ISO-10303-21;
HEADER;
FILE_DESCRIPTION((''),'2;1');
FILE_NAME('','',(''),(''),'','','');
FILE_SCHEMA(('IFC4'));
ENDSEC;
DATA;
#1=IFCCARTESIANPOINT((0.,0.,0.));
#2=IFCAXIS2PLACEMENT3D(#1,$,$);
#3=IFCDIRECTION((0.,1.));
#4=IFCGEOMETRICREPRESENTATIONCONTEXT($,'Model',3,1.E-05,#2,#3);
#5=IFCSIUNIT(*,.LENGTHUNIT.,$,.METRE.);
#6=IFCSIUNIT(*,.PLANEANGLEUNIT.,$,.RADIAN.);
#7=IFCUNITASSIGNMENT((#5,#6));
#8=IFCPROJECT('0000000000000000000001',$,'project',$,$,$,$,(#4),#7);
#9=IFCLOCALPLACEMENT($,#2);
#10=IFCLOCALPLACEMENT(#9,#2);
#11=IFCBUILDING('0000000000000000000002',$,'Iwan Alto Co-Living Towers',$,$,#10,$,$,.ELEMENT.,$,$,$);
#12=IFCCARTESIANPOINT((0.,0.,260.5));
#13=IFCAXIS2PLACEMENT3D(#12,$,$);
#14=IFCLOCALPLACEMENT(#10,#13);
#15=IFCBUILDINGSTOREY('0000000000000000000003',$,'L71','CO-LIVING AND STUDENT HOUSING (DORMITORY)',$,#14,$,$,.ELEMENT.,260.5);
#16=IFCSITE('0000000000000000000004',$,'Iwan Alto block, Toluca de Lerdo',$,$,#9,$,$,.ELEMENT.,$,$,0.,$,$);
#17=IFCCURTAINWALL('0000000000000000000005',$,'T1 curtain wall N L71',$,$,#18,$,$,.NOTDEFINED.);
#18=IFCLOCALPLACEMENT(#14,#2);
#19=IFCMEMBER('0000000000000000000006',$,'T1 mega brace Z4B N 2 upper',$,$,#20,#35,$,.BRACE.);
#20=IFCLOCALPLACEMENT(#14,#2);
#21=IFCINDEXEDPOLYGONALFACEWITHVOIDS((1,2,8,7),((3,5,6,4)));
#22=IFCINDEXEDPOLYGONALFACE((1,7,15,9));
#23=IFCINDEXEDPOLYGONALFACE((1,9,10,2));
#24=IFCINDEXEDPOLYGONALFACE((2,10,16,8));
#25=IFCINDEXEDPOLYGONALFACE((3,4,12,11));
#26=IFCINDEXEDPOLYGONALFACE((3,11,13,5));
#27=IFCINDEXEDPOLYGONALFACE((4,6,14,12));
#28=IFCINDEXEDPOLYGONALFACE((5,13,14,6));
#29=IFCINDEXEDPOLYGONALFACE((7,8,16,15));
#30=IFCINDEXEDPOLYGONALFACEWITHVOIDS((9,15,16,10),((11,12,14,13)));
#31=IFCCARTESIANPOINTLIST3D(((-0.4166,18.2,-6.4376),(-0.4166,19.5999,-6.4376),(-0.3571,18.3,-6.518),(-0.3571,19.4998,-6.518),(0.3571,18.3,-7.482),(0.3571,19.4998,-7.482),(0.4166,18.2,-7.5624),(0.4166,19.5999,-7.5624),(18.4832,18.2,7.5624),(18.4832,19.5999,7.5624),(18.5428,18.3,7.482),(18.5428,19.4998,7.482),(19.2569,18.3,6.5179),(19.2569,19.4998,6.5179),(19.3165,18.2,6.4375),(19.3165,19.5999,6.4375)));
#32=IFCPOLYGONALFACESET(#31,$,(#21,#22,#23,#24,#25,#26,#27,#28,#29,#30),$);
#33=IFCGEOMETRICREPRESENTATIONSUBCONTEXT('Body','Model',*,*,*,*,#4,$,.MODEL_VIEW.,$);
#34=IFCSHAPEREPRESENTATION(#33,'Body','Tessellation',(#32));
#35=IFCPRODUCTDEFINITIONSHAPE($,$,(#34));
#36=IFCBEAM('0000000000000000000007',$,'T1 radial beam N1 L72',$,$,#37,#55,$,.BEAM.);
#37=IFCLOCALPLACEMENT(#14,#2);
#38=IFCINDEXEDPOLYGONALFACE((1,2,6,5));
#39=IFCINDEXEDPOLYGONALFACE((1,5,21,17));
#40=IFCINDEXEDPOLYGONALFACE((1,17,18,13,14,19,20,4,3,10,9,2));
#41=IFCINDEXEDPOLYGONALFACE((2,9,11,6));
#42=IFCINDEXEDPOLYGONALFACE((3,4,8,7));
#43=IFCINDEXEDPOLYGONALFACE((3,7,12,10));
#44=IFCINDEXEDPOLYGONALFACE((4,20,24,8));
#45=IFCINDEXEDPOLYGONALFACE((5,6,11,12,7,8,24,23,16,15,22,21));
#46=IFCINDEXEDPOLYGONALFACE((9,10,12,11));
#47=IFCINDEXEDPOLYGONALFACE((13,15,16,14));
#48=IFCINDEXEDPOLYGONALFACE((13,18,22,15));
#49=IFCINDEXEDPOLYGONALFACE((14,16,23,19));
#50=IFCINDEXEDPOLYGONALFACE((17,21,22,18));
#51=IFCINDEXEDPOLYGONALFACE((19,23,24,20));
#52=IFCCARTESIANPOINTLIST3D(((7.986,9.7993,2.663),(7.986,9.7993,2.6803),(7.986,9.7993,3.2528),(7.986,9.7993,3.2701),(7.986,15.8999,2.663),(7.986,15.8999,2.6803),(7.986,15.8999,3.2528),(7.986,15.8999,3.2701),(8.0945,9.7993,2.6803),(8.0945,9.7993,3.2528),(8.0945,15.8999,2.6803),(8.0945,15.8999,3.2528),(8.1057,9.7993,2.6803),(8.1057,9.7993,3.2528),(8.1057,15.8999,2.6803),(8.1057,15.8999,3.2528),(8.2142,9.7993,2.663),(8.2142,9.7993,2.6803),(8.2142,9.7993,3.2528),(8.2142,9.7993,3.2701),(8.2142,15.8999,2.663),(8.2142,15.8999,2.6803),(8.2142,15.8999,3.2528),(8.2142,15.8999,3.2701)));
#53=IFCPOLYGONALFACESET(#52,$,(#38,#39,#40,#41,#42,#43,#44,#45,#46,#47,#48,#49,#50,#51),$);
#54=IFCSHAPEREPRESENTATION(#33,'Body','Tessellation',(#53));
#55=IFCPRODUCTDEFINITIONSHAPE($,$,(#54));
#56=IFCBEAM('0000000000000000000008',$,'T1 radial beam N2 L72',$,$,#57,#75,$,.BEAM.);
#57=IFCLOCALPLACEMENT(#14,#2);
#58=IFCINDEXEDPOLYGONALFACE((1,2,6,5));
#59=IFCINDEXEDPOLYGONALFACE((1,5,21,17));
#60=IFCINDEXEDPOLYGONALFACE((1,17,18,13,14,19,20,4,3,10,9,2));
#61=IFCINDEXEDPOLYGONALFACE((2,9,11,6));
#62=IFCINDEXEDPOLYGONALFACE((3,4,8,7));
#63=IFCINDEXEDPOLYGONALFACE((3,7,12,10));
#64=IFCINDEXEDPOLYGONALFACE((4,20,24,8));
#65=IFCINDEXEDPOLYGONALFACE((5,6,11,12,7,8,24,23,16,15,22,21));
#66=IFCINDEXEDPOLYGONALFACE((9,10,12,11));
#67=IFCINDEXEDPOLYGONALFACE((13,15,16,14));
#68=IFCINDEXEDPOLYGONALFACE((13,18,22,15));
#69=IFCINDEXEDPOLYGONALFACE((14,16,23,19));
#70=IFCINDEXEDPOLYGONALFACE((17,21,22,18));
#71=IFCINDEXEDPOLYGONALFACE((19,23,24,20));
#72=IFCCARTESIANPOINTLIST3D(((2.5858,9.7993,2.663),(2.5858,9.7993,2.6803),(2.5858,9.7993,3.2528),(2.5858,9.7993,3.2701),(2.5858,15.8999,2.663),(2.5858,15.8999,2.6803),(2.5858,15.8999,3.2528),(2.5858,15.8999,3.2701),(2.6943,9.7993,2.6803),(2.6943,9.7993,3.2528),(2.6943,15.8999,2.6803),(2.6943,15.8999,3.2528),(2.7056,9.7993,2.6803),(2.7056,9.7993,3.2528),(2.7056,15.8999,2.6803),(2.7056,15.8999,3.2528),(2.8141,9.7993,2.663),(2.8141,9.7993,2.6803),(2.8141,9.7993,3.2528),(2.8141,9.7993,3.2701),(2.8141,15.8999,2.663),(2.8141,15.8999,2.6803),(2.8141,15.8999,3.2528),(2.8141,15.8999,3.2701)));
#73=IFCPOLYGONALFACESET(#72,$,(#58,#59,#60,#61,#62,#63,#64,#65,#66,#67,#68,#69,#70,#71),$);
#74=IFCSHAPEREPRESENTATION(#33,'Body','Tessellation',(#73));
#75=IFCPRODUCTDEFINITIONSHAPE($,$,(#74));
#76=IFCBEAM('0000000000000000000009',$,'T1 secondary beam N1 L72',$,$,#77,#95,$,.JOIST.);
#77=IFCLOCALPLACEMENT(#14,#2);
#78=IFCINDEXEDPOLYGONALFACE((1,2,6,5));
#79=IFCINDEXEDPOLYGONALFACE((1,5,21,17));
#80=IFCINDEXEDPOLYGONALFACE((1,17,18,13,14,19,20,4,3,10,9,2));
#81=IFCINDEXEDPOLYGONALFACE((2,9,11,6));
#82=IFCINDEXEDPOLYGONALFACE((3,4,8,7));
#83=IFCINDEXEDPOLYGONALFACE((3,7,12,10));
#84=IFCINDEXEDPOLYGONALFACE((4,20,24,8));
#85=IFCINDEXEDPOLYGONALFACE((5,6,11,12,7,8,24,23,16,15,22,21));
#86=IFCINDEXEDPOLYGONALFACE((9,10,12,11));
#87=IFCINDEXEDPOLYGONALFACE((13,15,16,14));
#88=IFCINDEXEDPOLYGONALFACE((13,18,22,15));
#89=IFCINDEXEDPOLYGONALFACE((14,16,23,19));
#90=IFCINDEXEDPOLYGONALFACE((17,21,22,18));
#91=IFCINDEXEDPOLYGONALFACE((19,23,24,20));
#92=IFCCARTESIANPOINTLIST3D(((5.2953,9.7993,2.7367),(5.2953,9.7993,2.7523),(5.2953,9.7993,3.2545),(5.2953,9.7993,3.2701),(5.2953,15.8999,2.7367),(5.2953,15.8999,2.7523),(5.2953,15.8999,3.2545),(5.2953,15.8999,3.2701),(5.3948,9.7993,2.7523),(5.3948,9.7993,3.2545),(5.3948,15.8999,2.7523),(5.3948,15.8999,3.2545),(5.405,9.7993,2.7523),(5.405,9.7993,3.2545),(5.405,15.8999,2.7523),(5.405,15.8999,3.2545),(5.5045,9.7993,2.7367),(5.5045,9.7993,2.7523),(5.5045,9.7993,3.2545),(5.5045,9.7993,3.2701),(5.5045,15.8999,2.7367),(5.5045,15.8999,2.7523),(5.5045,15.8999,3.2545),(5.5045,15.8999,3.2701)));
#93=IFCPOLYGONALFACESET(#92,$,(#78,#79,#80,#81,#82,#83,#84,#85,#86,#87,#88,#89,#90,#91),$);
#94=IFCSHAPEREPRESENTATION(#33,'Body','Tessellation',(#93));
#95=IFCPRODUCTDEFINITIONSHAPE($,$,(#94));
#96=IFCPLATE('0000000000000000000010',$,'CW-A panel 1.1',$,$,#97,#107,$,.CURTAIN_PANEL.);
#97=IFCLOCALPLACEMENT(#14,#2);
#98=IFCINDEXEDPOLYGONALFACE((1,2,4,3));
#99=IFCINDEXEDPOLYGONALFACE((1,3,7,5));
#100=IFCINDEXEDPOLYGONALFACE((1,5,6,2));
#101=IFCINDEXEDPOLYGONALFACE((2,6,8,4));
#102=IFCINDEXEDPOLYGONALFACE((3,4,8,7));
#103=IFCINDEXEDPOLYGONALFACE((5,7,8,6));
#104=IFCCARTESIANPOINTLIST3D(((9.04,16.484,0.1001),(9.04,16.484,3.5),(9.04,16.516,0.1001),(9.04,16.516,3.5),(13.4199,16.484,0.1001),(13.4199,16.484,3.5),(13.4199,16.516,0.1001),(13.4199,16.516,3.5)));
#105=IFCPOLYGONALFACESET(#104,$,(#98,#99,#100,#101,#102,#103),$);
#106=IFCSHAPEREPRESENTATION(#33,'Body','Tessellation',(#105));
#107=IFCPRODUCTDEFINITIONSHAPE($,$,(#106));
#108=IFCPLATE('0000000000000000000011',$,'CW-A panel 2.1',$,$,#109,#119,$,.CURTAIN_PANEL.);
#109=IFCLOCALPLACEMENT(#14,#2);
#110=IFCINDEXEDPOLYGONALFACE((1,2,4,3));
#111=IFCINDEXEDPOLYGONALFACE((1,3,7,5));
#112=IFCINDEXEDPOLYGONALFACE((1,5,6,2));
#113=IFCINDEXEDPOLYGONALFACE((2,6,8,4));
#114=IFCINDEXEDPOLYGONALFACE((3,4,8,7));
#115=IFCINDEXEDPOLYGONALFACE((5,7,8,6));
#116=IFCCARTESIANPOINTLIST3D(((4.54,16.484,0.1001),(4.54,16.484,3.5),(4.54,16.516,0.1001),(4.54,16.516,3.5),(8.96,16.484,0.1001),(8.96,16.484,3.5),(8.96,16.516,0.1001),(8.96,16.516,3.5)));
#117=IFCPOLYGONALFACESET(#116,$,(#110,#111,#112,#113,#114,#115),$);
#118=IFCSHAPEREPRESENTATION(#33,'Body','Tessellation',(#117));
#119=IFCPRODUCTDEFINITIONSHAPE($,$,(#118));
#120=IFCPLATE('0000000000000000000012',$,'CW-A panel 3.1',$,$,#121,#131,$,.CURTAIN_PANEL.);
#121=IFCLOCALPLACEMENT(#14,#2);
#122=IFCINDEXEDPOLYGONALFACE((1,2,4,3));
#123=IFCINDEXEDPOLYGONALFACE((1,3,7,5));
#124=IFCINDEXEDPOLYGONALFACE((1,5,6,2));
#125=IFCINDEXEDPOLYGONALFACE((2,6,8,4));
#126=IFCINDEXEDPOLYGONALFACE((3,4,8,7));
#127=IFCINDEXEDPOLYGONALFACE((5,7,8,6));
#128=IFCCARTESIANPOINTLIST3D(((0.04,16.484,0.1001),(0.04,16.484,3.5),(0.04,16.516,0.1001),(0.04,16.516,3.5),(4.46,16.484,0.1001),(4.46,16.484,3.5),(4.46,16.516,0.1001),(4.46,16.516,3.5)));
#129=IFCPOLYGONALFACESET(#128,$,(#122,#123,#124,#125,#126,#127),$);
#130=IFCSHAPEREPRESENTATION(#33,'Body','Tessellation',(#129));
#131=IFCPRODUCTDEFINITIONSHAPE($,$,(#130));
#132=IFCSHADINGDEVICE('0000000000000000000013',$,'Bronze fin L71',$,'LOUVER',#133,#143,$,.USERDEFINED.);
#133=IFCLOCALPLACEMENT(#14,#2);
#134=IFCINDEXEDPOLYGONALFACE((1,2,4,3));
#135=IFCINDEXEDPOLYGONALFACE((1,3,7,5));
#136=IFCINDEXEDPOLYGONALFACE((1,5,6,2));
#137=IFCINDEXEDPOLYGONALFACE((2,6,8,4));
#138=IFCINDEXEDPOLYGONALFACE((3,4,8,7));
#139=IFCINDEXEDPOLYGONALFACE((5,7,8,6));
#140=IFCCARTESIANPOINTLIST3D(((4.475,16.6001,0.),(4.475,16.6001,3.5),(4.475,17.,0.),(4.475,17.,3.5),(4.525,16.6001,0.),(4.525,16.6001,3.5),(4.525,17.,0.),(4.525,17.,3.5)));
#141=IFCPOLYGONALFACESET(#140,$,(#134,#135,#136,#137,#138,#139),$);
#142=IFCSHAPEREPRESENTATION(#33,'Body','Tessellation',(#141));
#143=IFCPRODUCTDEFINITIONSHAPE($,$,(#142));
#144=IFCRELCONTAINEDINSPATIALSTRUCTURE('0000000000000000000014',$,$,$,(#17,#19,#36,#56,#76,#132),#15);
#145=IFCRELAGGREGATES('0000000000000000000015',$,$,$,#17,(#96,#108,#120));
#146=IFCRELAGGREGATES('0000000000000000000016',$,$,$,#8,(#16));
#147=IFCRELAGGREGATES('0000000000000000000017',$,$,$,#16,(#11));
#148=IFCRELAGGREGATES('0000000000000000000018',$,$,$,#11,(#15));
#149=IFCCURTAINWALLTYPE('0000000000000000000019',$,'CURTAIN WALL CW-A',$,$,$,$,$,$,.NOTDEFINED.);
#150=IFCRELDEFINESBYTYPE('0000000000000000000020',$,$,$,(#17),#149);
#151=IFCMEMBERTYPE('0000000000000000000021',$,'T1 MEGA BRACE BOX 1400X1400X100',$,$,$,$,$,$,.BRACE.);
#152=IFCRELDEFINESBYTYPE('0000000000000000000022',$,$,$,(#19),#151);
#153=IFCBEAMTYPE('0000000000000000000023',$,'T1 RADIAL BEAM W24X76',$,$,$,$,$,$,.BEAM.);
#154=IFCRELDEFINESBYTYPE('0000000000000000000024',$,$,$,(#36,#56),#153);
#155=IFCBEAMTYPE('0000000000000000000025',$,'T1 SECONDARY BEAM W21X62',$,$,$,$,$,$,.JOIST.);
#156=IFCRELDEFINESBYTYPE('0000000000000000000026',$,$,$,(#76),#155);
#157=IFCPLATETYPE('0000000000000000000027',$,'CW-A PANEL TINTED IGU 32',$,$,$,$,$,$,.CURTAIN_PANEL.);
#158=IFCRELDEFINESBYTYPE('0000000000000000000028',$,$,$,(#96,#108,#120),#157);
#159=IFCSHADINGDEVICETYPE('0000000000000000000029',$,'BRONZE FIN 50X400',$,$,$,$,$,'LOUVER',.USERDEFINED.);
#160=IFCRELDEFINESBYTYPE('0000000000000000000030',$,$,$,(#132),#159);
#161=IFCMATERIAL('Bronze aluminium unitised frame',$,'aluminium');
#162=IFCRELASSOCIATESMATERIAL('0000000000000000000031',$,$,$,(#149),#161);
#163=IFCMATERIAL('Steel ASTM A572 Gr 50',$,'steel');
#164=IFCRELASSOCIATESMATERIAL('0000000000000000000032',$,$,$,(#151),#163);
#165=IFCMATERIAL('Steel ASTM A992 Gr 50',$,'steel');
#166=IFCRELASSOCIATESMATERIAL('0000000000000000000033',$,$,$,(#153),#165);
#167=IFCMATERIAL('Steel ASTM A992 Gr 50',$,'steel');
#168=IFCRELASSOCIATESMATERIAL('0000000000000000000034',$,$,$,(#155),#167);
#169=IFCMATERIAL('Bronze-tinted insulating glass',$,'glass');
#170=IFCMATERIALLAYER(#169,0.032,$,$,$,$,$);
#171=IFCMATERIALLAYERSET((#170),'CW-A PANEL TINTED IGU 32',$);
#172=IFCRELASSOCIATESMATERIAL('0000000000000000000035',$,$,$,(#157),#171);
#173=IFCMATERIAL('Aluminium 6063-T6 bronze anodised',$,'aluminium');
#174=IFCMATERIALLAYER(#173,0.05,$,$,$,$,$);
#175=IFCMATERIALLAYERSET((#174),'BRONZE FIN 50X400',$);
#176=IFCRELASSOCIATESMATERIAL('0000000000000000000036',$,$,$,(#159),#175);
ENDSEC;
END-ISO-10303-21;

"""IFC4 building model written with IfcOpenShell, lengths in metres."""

from ifc_helpers import new_model, si_unit, direction, frame, origin, origin_2d, place, context, subcontext, project, spatial, rectangle, hollow_rectangle, i_section, extrude, material, layer, layer_set, material_profile, profile_set, type_object, element, aggregate, save


model = new_model("IFC4")

# Units and contexts
model_context = context("Model", 3, precision=1e-05, world=origin(), true_north=direction((0.0, 1.0)))
body_context = subcontext(model_context, "Body", "Model", "MODEL_VIEW")
ifc_project = project(units=[si_unit("LENGTHUNIT", "METRE"), si_unit("PLANEANGLEUNIT", "RADIAN")], contexts=[model_context])

# Site, building, storey
site_placement = place(None, origin())
site = spatial("IfcSite", under=ifc_project, at=site_placement, Name="Iwan Alto block, Toluca de Lerdo", CompositionType="ELEMENT", RefElevation=0.0)
building_placement = place(site_placement, origin())
building = spatial("IfcBuilding", under=site, at=building_placement, Name="Iwan Alto Co-Living Towers", CompositionType="ELEMENT")
storey_placement = place(building_placement, frame((0.0, 0.0, 260.5)))
storey = spatial("IfcBuildingStorey", under=building, at=storey_placement, Name="L71", Description="CO-LIVING AND STUDENT HOUSING (DORMITORY)", CompositionType="ELEMENT", Elevation=260.5)

# Curtain wall
ifc_material_1 = material(Name="Bronze aluminium unitised frame", Category="aluminium")
curtain_wall_type = type_object("IfcCurtainWallType", Name="CURTAIN WALL CW-A", PredefinedType="NOTDEFINED", material=ifc_material_1)
curtain_wall_placement = place(storey_placement, origin())
curtain_wall = element("IfcCurtainWall", 1, at=curtain_wall_placement, inside=storey, type_object=curtain_wall_type, Name="T1 curtain wall N L71", PredefinedType="NOTDEFINED")

# Member
ifc_material_2 = material(Name="Steel ASTM A572 Gr 50", Category="steel")
ifc_material_profile_1 = material_profile(ifc_material_2, hollow_rectangle(XDim=1.3999, YDim=1.3999, WallThickness=0.1001, at=origin_2d()), Name="BOX 1400X1400X100")
ifc_profile_set_1 = profile_set([ifc_material_profile_1], Name="Steel ASTM A572 Gr 50")
member_type_1 = type_object("IfcMemberType", Name="T1 MEGA BRACE BOX 1400X1400X100", PredefinedType="BRACE", material=ifc_profile_set_1)
for number, where, z_axis, x_axis, name in (
    (2, (0.0, 18.8999, -7.0), (0.803556, 0.0, 0.59523), (0.0, 1.0, 0.0), "T1 mega brace Z4B N 2 upper"),
):
    element("IfcMember", number, at=place(storey_placement, frame(where, z_axis=z_axis, x_axis=x_axis)), inside=storey, type_object=member_type_1, Name=name, PredefinedType="BRACE", context=body_context, shape_type="SweptSolid", body=[
        extrude(hollow_rectangle(XDim=1.3999, YDim=1.3999, WallThickness=0.1001, at=origin_2d()), origin(), (0.0, 0.0, 1.0), 23.5203),
    ])

# Beams
ifc_material_3 = material(Name="Steel ASTM A992 Gr 50", Category="steel")
ifc_material_profile_2 = material_profile(ifc_material_3, i_section(OverallWidth=0.2283, OverallDepth=0.6072, WebThickness=0.0112, FlangeThickness=0.0173, at=origin_2d()), Name="W24X76")
ifc_profile_set_2 = profile_set([ifc_material_profile_2], Name="Steel ASTM A992 Gr 50")
beam_type_1 = type_object("IfcBeamType", Name="T1 RADIAL BEAM W24X76", PredefinedType="BEAM", material=ifc_profile_set_2)
for number, where, z_axis, x_axis, name in (
    (3, (8.1001, 15.8999, 2.9666), (0.0, -1.0, 0.0), (1.0, 0.0, 0.0), "T1 radial beam N1 L72"),
    (4, (2.7, 15.8999, 2.9666), (0.0, -1.0, 0.0), (1.0, 0.0, 0.0), "T1 radial beam N2 L72"),
):
    element("IfcBeam", number, at=place(storey_placement, frame(where, z_axis=z_axis, x_axis=x_axis)), inside=storey, type_object=beam_type_1, Name=name, PredefinedType="BEAM", context=body_context, shape_type="SweptSolid", body=[
        extrude(i_section(OverallWidth=0.2283, OverallDepth=0.6072, WebThickness=0.0112, FlangeThickness=0.0173, at=origin_2d()), origin(), (0.0, 0.0, 1.0), 6.1006),
    ])
ifc_material_4 = material(Name="Steel ASTM A992 Gr 50", Category="steel")
ifc_material_profile_3 = material_profile(ifc_material_4, i_section(OverallWidth=0.2092, OverallDepth=0.5334, WebThickness=0.0103, FlangeThickness=0.0156, at=origin_2d()), Name="W21X62")
ifc_profile_set_3 = profile_set([ifc_material_profile_3], Name="Steel ASTM A992 Gr 50")
beam_type_2 = type_object("IfcBeamType", Name="T1 SECONDARY BEAM W21X62", PredefinedType="JOIST", material=ifc_profile_set_3)
beam_1_placement = place(storey_placement, frame((5.3999, 15.8999, 3.0034), z_axis=(0.0, -1.0, 0.0), x_axis=(1.0, 0.0, 0.0)))
element("IfcBeam", 5, at=beam_1_placement, inside=storey, type_object=beam_type_2, Name="T1 secondary beam N1 L72", PredefinedType="JOIST", context=body_context, shape_type="SweptSolid", body=[
    extrude(i_section(OverallWidth=0.2092, OverallDepth=0.5334, WebThickness=0.0103, FlangeThickness=0.0156, at=origin_2d()), origin(), (0.0, 0.0, 1.0), 6.1006),
])

# Plates
ifc_material_5 = material(Name="Bronze-tinted insulating glass", Category="glass")
ifc_layer_1 = layer(ifc_material_5, 0.032)
ifc_layer_set_1 = layer_set([ifc_layer_1], Name="CW-A PANEL TINTED IGU 32")
plate_type = type_object("IfcPlateType", Name="CW-A PANEL TINTED IGU 32", PredefinedType="CURTAIN_PANEL", material=ifc_layer_set_1)
plate_1_placement = place(storey_placement, frame((11.23, 16.5, 0.1001), z_axis=(0.0, 0.0, 1.0), x_axis=(-1.0, 0.0, 0.0)))
plate_1 = element("IfcPlate", 6, at=plate_1_placement, type_object=plate_type, Name="CW-A panel 1.1", PredefinedType="CURTAIN_PANEL", context=body_context, shape_type="SweptSolid", body=[
    extrude(rectangle(XDim=4.3799, YDim=0.032, at=origin_2d()), origin(), (0.0, 0.0, 1.0), 3.3999),
])
plate_2_placement = place(storey_placement, frame((6.75, 16.5, 0.1001), z_axis=(0.0, 0.0, 1.0), x_axis=(-1.0, 0.0, 0.0)))
plate_2 = element("IfcPlate", 7, at=plate_2_placement, type_object=plate_type, Name="CW-A panel 2.1", PredefinedType="CURTAIN_PANEL", context=body_context, shape_type="SweptSolid", body=[
    extrude(rectangle(XDim=4.4199, YDim=0.032, at=origin_2d()), origin(), (0.0, 0.0, 1.0), 3.3999),
])
plate_3_placement = place(storey_placement, frame((2.25, 16.5, 0.1001), z_axis=(0.0, 0.0, 1.0), x_axis=(-1.0, 0.0, 0.0)))
plate_3 = element("IfcPlate", 8, at=plate_3_placement, type_object=plate_type, Name="CW-A panel 3.1", PredefinedType="CURTAIN_PANEL", context=body_context, shape_type="SweptSolid", body=[
    extrude(rectangle(XDim=4.4199, YDim=0.032, at=origin_2d()), origin(), (0.0, 0.0, 1.0), 3.3999),
])
aggregate(curtain_wall, [plate_1, plate_2, plate_3])

# Shading device
ifc_material_6 = material(Name="Aluminium 6063-T6 bronze anodised", Category="aluminium")
ifc_layer_2 = layer(ifc_material_6, 0.05)
ifc_layer_set_2 = layer_set([ifc_layer_2], Name="BRONZE FIN 50X400")
shading_device_type = type_object("IfcShadingDeviceType", Name="BRONZE FIN 50X400", ElementType="LOUVER", PredefinedType="USERDEFINED", material=ifc_layer_set_2)
shading_device_placement = place(storey_placement, frame((4.5, 16.8, 0.0), z_axis=(0.0, 0.0, 1.0), x_axis=(-1.0, 0.0, 0.0)))
element("IfcShadingDevice", 9, at=shading_device_placement, inside=storey, type_object=shading_device_type, Name="Bronze fin L71", ObjectType="LOUVER", PredefinedType="USERDEFINED", context=body_context, shape_type="SweptSolid", body=[
    extrude(rectangle(XDim=0.05, YDim=0.3999, at=origin_2d()), origin(), (0.0, 0.0, 1.0), 3.5),
])

save(model, "model.ifc")
